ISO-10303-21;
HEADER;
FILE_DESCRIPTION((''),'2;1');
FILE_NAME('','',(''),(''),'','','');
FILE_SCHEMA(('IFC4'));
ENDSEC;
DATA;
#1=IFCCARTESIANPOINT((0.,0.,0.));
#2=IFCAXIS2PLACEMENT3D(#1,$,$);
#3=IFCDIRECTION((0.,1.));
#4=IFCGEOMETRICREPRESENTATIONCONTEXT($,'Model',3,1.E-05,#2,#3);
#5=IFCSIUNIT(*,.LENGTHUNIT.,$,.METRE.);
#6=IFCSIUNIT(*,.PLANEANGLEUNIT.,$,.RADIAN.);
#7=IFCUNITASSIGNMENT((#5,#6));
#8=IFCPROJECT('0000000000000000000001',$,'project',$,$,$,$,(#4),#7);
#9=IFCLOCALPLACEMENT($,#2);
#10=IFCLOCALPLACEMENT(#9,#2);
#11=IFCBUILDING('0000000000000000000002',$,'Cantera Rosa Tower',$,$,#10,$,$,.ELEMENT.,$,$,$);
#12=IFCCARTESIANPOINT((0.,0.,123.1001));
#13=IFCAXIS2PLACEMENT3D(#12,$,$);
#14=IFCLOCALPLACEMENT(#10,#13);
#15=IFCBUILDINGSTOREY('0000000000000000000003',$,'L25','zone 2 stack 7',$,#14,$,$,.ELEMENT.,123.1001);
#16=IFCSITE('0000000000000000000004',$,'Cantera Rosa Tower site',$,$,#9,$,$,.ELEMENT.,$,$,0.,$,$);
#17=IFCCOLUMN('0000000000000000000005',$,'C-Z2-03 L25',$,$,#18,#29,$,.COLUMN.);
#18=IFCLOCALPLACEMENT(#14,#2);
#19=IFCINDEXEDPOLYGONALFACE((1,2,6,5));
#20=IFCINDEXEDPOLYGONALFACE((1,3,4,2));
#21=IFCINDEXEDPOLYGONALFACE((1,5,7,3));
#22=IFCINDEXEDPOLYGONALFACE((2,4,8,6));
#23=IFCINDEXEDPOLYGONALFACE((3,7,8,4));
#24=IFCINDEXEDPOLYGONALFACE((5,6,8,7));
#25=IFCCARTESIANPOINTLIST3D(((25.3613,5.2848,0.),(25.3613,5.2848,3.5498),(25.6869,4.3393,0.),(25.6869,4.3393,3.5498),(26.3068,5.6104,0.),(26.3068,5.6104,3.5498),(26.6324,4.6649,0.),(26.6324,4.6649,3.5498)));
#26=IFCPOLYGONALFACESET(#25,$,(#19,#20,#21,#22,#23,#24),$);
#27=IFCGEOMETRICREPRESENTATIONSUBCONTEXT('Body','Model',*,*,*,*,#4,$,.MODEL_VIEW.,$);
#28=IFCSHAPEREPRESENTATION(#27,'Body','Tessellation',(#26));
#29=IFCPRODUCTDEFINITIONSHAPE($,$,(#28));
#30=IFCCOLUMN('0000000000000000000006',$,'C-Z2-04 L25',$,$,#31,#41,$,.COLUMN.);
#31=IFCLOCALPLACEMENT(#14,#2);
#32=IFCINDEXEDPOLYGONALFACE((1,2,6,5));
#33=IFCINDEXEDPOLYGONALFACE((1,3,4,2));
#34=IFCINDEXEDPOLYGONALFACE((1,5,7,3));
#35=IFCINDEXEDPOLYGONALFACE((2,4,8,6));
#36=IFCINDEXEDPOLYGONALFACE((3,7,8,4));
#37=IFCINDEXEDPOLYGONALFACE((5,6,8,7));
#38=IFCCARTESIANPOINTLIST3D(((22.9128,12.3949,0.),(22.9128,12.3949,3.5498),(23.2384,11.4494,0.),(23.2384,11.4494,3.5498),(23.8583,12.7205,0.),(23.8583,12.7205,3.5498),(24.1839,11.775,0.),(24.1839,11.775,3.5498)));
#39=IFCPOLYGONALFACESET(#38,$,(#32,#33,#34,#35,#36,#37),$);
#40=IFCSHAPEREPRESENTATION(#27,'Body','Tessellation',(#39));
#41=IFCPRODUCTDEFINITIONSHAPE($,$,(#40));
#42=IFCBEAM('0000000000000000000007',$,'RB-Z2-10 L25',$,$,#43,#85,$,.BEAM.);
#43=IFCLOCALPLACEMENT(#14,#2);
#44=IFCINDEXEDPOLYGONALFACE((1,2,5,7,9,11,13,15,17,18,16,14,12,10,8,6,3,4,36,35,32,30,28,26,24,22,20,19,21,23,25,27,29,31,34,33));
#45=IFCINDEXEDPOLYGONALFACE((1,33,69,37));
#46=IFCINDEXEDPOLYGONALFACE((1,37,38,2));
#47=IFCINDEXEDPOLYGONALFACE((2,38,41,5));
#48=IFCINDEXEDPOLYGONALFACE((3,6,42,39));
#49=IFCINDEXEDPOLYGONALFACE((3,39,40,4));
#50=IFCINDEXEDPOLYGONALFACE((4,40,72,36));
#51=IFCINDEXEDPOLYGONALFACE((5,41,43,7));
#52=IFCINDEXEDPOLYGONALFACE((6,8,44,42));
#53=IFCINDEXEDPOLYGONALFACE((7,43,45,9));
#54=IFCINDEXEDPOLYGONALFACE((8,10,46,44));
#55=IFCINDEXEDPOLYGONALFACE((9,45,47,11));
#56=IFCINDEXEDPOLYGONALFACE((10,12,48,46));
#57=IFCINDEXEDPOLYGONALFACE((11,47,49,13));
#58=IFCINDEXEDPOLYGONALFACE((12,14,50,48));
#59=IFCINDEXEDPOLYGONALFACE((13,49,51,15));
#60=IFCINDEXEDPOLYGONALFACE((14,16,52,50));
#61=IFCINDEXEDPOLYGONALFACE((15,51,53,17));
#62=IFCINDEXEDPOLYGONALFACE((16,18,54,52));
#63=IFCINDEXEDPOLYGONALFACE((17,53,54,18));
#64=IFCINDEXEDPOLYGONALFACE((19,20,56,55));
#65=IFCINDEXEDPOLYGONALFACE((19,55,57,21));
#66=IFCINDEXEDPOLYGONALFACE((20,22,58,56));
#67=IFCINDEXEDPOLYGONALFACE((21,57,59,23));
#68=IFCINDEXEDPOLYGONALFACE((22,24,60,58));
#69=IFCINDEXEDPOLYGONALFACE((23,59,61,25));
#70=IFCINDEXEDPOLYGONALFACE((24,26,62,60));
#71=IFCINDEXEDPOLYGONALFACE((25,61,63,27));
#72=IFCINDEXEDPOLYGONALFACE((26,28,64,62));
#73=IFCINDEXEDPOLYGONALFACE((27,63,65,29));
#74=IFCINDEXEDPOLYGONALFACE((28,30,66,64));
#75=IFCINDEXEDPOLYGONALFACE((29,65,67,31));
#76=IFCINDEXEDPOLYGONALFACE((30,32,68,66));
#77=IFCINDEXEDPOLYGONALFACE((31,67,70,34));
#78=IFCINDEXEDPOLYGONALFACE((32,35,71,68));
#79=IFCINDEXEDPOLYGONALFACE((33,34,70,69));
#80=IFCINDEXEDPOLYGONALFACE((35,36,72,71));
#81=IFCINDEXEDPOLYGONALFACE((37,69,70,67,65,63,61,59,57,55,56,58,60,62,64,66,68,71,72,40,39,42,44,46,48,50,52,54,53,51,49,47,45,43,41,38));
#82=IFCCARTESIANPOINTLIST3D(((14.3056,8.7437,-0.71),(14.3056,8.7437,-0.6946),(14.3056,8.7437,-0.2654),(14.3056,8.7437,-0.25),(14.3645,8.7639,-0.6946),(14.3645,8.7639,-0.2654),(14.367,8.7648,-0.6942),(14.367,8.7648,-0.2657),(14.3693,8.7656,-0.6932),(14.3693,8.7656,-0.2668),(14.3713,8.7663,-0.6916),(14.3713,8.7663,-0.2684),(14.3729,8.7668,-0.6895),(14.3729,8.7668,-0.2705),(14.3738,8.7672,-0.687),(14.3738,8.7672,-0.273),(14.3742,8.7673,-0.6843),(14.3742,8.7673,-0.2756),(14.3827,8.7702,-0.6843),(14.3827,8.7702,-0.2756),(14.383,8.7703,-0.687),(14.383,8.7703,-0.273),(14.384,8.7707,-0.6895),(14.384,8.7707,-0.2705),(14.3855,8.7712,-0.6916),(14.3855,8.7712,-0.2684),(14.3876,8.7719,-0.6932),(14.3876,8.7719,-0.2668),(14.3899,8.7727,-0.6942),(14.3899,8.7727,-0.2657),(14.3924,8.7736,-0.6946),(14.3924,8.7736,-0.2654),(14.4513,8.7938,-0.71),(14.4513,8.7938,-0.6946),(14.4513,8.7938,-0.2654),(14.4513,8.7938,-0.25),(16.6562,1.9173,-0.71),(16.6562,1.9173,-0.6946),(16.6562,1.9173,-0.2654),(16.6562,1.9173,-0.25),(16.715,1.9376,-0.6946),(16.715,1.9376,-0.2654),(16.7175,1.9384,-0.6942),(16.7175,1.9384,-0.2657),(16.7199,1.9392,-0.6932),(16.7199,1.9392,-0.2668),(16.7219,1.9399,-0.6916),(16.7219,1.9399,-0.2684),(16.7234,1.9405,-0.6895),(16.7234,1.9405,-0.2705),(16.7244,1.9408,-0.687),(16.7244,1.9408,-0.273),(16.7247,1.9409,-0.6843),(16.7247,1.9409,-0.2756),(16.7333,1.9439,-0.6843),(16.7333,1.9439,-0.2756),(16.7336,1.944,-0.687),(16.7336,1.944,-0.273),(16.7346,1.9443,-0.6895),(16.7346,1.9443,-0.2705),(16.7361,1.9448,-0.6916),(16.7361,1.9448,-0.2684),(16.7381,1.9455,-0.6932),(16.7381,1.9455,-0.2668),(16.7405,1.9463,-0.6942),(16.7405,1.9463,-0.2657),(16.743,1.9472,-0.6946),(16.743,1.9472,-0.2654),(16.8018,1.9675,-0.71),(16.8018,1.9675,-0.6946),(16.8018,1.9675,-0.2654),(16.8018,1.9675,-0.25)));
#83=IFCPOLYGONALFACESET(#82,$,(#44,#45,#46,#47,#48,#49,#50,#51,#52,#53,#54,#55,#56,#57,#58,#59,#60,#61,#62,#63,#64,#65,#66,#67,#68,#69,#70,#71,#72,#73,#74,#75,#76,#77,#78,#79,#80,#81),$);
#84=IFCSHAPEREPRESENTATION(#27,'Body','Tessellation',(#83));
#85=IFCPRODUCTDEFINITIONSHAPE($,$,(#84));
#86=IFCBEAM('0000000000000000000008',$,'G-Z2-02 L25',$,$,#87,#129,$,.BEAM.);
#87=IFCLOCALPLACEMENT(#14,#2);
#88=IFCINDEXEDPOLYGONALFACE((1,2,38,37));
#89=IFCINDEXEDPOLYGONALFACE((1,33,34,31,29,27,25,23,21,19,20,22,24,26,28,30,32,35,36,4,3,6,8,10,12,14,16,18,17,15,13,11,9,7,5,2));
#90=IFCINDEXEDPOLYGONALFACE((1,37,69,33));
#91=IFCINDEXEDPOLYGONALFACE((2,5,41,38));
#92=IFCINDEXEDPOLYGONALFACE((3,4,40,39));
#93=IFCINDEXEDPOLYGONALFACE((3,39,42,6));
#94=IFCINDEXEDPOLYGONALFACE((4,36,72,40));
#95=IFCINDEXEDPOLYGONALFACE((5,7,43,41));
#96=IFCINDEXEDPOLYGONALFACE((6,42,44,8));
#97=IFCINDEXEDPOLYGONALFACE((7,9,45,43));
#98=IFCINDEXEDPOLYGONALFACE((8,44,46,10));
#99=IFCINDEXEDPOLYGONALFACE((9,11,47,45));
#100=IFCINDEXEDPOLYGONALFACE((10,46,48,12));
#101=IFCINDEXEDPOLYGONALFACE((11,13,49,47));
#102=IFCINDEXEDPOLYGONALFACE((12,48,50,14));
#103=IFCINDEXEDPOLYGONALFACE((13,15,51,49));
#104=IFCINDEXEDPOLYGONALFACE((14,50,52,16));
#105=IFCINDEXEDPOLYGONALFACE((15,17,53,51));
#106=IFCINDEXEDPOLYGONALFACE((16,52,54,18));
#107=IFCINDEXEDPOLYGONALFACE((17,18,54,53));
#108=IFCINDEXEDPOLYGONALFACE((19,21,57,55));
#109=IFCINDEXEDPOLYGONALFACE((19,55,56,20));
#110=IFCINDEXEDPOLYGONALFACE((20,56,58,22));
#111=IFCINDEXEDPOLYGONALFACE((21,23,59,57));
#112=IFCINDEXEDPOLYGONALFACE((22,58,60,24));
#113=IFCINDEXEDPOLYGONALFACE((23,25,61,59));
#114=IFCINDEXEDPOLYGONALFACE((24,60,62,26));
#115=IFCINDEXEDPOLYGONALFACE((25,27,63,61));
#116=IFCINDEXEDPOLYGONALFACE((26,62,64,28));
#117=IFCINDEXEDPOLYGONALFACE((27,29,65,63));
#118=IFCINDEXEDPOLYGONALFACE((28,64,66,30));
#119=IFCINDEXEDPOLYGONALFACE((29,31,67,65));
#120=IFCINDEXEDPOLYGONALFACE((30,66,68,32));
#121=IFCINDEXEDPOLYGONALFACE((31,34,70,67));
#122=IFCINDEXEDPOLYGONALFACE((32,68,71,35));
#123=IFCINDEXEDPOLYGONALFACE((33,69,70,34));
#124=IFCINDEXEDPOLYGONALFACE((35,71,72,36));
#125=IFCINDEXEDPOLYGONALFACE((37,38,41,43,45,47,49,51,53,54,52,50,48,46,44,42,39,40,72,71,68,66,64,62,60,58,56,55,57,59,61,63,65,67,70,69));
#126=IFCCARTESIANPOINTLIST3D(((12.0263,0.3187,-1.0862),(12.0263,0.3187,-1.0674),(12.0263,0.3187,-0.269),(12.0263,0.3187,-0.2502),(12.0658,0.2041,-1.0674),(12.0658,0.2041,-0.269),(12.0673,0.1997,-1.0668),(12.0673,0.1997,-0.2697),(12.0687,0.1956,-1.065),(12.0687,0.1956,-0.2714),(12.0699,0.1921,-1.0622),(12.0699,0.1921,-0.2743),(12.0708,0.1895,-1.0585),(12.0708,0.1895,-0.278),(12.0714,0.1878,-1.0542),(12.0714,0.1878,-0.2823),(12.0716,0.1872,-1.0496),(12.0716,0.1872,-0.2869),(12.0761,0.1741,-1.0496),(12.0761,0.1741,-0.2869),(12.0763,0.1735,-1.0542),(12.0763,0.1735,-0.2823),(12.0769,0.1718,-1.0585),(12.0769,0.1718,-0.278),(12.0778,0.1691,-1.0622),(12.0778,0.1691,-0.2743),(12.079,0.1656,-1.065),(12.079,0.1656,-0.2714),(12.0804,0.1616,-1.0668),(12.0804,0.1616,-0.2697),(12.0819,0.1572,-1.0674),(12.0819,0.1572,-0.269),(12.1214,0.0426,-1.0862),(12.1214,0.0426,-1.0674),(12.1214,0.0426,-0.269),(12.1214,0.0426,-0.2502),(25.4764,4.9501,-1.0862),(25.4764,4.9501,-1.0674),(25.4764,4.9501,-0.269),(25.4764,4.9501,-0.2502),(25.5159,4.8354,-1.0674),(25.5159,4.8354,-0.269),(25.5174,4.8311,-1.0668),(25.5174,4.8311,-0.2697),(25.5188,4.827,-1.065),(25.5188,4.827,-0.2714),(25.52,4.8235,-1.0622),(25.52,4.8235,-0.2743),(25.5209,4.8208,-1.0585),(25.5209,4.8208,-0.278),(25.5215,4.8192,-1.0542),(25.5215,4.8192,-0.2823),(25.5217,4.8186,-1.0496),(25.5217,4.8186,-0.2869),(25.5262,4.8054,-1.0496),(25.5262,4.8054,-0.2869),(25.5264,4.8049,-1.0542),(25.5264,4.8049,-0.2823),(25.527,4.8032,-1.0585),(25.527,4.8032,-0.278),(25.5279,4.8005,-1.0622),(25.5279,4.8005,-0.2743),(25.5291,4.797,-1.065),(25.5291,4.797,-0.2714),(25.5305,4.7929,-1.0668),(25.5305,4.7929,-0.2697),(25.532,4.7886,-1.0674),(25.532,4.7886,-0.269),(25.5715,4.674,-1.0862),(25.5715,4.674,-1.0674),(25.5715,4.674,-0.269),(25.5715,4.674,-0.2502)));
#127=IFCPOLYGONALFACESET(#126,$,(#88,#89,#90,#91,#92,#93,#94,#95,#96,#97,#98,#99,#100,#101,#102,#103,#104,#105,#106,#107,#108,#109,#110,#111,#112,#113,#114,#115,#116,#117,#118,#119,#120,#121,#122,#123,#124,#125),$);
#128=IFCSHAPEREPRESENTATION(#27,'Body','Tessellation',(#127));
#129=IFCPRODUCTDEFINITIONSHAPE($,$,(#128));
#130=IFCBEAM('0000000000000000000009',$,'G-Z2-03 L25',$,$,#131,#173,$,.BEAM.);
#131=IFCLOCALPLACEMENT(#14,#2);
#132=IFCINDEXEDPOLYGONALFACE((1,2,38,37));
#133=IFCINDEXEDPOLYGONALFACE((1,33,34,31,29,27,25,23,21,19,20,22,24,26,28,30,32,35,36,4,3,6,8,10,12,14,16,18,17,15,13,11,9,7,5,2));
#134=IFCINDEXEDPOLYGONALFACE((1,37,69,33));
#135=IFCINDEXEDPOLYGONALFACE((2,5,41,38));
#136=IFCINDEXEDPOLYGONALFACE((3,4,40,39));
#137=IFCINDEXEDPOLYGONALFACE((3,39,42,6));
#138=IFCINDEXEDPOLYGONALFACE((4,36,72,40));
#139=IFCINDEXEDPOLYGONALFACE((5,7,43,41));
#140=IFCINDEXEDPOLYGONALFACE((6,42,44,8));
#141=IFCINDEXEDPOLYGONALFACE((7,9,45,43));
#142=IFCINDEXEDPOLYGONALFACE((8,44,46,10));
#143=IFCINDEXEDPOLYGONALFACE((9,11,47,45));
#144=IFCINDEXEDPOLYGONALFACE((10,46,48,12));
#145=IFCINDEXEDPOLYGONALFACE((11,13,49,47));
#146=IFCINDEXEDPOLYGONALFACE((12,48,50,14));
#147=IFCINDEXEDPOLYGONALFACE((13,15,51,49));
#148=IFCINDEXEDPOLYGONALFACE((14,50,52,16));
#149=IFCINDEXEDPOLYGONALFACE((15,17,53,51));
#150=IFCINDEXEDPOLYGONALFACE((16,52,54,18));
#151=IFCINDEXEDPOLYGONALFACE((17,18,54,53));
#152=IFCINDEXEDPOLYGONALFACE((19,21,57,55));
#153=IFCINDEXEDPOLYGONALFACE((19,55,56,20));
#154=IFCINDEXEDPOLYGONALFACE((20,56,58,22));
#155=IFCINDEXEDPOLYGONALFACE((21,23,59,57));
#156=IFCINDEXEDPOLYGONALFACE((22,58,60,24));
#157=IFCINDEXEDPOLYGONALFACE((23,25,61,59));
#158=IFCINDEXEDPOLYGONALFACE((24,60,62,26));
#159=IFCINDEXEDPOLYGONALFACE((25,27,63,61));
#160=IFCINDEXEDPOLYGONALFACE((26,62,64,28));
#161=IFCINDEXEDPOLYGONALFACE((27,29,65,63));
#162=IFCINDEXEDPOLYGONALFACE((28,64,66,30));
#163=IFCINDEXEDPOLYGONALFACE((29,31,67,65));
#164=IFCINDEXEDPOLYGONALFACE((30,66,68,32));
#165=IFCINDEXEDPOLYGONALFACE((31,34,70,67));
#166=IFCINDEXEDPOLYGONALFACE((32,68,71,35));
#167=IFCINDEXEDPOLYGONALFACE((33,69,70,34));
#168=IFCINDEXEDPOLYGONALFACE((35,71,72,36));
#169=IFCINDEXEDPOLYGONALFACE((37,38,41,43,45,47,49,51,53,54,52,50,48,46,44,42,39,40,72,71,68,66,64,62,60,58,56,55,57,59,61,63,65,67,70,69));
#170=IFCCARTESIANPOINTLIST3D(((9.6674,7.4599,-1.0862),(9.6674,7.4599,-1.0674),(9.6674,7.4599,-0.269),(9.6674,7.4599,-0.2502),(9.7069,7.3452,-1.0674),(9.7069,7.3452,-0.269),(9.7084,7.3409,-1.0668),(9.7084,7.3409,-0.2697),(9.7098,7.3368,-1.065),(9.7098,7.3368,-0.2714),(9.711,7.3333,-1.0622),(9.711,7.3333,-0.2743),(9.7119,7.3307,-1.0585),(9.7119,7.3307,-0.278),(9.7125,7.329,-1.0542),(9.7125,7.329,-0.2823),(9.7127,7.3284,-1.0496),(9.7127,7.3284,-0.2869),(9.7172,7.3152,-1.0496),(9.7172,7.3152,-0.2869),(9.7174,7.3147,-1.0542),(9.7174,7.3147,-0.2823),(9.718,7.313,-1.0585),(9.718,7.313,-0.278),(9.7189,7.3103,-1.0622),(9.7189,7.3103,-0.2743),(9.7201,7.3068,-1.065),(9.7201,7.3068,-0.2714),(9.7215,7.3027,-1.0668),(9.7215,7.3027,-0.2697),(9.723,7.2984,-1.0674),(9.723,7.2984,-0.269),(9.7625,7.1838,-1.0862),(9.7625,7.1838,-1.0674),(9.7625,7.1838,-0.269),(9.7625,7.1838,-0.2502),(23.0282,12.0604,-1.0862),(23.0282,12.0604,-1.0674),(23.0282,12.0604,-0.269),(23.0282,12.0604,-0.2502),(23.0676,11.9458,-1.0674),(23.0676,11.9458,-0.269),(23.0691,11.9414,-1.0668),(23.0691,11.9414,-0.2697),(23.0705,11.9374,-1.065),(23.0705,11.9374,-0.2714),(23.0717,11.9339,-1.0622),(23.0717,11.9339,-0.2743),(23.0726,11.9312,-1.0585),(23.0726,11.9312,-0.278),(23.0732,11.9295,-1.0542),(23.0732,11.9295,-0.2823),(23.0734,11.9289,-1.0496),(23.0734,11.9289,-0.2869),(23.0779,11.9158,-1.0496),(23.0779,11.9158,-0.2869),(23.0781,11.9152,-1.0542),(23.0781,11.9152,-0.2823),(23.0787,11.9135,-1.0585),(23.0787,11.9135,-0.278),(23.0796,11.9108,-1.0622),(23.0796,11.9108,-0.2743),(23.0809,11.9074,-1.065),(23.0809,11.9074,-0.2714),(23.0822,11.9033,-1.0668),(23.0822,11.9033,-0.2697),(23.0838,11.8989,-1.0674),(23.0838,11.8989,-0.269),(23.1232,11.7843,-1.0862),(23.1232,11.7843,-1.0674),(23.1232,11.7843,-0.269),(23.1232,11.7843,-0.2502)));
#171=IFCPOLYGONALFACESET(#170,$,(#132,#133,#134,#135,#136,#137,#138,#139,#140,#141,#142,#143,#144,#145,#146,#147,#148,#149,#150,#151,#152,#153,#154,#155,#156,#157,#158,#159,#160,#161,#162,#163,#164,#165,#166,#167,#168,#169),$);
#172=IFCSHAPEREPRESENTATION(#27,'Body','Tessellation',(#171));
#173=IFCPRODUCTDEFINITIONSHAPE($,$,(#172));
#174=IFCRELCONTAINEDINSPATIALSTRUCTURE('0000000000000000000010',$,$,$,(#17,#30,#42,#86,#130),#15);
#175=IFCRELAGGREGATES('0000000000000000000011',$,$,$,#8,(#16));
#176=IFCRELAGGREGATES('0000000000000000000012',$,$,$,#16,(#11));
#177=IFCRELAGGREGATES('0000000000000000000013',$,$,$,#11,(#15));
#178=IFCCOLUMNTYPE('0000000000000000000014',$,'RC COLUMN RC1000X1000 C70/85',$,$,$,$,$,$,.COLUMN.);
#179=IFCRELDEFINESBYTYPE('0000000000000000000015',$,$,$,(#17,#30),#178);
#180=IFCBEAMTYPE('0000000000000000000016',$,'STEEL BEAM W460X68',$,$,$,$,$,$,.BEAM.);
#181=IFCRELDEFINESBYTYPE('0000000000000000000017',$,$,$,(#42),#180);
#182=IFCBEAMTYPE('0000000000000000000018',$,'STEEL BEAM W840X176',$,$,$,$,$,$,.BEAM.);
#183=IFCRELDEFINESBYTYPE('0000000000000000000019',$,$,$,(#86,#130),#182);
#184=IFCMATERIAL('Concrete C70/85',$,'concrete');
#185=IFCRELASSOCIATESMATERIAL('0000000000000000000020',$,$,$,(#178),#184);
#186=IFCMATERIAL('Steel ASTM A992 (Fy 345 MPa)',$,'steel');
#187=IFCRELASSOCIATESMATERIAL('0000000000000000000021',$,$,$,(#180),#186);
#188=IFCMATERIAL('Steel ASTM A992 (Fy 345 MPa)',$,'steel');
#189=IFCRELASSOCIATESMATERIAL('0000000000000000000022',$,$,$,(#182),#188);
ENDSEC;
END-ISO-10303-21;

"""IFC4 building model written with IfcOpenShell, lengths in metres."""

from ifc_helpers import new_model, si_unit, direction, frame, origin, origin_2d, place, context, subcontext, project, spatial, rectangle, i_section, extrude, material, material_profile, profile_set, type_object, element, save


model = new_model("IFC4")

# Units and contexts
model_context = context("Model", 3, precision=1e-05, world=origin(), true_north=direction((0.0, 1.0)))
body_context = subcontext(model_context, "Body", "Model", "MODEL_VIEW")
ifc_project = project(units=[si_unit("LENGTHUNIT", "METRE"), si_unit("PLANEANGLEUNIT", "RADIAN")], contexts=[model_context])

# Site, building, storey
site_placement = place(None, origin())
site = spatial("IfcSite", under=ifc_project, at=site_placement, Name="Cantera Rosa Tower site", CompositionType="ELEMENT", RefElevation=0.0)
building_placement = place(site_placement, origin())
building = spatial("IfcBuilding", under=site, at=building_placement, Name="Cantera Rosa Tower", CompositionType="ELEMENT")
storey_placement = place(building_placement, frame((0.0, 0.0, 123.1001)))
storey = spatial("IfcBuildingStorey", under=building, at=storey_placement, Name="L25", Description="zone 2 stack 7", CompositionType="ELEMENT", Elevation=123.1001)

# Columns
ifc_material_1 = material(Name="Concrete C70/85", Category="concrete")
ifc_material_profile_1 = material_profile(ifc_material_1, rectangle(XDim=1.0, YDim=1.0, at=origin_2d()), Name="RC COLUMN RC1000X1000 C70/85")
ifc_profile_set_1 = profile_set([ifc_material_profile_1], Name="Concrete C70/85")
column_type = type_object("IfcColumnType", Name="RC COLUMN RC1000X1000 C70/85", PredefinedType="COLUMN", material=ifc_profile_set_1)
for number, where, z_axis, x_axis, name in (
    (1, (25.9968, 4.9749, 0.0), (0.0, 0.0, 1.0), (0.945519, 0.325568, 0.0), "C-Z2-03 L25"),
    (2, (23.5483, 12.085, 0.0), (0.0, 0.0, 1.0), (0.945519, 0.325568, 0.0), "C-Z2-04 L25"),
):
    element("IfcColumn", number, at=place(storey_placement, frame(where, z_axis=z_axis, x_axis=x_axis)), inside=storey, type_object=column_type, Name=name, PredefinedType="COLUMN", context=body_context, shape_type="SweptSolid", body=[
        extrude(rectangle(XDim=1.0, YDim=1.0, at=origin_2d()), origin(), (0.0, 0.0, 1.0), 3.5498),
    ])

# Beams
ifc_material_2 = material(Name="Steel ASTM A992 (Fy 345 MPa)", Category="steel")
ifc_material_profile_2 = material_profile(ifc_material_2, i_section(OverallWidth=0.1541, OverallDepth=0.46, WebThickness=0.009, FlangeThickness=0.0154, FilletRadius=0.0103, at=origin_2d()), Name="W460X68")
ifc_profile_set_2 = profile_set([ifc_material_profile_2], Name="Steel ASTM A992 (Fy 345 MPa)")
beam_type_1 = type_object("IfcBeamType", Name="STEEL BEAM W460X68", PredefinedType="BEAM", material=ifc_profile_set_2)
beam_1_placement = place(storey_placement, frame((16.729, 1.9424, -0.48), z_axis=(-0.325576, 0.945516, 0.0), x_axis=(-0.945516, -0.325576, 0.0)))
element("IfcBeam", 3, at=beam_1_placement, inside=storey, type_object=beam_type_1, Name="RB-Z2-10 L25", PredefinedType="BEAM", context=body_context, shape_type="SweptSolid", body=[
    extrude(i_section(OverallWidth=0.1541, OverallDepth=0.46, WebThickness=0.009, FlangeThickness=0.0154, FilletRadius=0.0103, at=origin_2d()), origin(), (0.0, 0.0, 1.0), 7.2197),
])
ifc_material_3 = material(Name="Steel ASTM A992 (Fy 345 MPa)", Category="steel")
ifc_material_profile_3 = material_profile(ifc_material_3, i_section(OverallWidth=0.292, OverallDepth=0.8359, WebThickness=0.0139, FlangeThickness=0.0188, FilletRadius=0.0178, at=origin_2d()), Name="W840X176")
ifc_profile_set_3 = profile_set([ifc_material_profile_3], Name="Steel ASTM A992 (Fy 345 MPa)")
beam_type_2 = type_object("IfcBeamType", Name="STEEL BEAM W840X176", PredefinedType="BEAM", material=ifc_profile_set_3)
beam_2_placement = place(storey_placement, frame((25.5239, 4.812, -0.6682), z_axis=(-0.945515, -0.325578, 0.0), x_axis=(0.325578, -0.945515, 0.0)))
element("IfcBeam", 4, at=beam_2_placement, inside=storey, type_object=beam_type_2, Name="G-Z2-02 L25", PredefinedType="BEAM", context=body_context, shape_type="SweptSolid", body=[
    extrude(i_section(OverallWidth=0.292, OverallDepth=0.8359, WebThickness=0.0139, FlangeThickness=0.0188, FilletRadius=0.0178, at=origin_2d()), origin(), (0.0, 0.0, 1.0), 14.2251),
])
beam_3_placement = place(storey_placement, frame((23.0757, 11.9224, -0.6682), z_axis=(-0.945517, -0.325573, 0.0), x_axis=(0.325573, -0.945517, 0.0)))
element("IfcBeam", 5, at=beam_3_placement, inside=storey, type_object=beam_type_2, Name="G-Z2-03 L25", PredefinedType="BEAM", context=body_context, shape_type="SweptSolid", body=[
    extrude(i_section(OverallWidth=0.292, OverallDepth=0.8359, WebThickness=0.0139, FlangeThickness=0.0188, FilletRadius=0.0178, at=origin_2d()), origin(), (0.0, 0.0, 1.0), 14.1306),
])

save(model, "model.ifc")
